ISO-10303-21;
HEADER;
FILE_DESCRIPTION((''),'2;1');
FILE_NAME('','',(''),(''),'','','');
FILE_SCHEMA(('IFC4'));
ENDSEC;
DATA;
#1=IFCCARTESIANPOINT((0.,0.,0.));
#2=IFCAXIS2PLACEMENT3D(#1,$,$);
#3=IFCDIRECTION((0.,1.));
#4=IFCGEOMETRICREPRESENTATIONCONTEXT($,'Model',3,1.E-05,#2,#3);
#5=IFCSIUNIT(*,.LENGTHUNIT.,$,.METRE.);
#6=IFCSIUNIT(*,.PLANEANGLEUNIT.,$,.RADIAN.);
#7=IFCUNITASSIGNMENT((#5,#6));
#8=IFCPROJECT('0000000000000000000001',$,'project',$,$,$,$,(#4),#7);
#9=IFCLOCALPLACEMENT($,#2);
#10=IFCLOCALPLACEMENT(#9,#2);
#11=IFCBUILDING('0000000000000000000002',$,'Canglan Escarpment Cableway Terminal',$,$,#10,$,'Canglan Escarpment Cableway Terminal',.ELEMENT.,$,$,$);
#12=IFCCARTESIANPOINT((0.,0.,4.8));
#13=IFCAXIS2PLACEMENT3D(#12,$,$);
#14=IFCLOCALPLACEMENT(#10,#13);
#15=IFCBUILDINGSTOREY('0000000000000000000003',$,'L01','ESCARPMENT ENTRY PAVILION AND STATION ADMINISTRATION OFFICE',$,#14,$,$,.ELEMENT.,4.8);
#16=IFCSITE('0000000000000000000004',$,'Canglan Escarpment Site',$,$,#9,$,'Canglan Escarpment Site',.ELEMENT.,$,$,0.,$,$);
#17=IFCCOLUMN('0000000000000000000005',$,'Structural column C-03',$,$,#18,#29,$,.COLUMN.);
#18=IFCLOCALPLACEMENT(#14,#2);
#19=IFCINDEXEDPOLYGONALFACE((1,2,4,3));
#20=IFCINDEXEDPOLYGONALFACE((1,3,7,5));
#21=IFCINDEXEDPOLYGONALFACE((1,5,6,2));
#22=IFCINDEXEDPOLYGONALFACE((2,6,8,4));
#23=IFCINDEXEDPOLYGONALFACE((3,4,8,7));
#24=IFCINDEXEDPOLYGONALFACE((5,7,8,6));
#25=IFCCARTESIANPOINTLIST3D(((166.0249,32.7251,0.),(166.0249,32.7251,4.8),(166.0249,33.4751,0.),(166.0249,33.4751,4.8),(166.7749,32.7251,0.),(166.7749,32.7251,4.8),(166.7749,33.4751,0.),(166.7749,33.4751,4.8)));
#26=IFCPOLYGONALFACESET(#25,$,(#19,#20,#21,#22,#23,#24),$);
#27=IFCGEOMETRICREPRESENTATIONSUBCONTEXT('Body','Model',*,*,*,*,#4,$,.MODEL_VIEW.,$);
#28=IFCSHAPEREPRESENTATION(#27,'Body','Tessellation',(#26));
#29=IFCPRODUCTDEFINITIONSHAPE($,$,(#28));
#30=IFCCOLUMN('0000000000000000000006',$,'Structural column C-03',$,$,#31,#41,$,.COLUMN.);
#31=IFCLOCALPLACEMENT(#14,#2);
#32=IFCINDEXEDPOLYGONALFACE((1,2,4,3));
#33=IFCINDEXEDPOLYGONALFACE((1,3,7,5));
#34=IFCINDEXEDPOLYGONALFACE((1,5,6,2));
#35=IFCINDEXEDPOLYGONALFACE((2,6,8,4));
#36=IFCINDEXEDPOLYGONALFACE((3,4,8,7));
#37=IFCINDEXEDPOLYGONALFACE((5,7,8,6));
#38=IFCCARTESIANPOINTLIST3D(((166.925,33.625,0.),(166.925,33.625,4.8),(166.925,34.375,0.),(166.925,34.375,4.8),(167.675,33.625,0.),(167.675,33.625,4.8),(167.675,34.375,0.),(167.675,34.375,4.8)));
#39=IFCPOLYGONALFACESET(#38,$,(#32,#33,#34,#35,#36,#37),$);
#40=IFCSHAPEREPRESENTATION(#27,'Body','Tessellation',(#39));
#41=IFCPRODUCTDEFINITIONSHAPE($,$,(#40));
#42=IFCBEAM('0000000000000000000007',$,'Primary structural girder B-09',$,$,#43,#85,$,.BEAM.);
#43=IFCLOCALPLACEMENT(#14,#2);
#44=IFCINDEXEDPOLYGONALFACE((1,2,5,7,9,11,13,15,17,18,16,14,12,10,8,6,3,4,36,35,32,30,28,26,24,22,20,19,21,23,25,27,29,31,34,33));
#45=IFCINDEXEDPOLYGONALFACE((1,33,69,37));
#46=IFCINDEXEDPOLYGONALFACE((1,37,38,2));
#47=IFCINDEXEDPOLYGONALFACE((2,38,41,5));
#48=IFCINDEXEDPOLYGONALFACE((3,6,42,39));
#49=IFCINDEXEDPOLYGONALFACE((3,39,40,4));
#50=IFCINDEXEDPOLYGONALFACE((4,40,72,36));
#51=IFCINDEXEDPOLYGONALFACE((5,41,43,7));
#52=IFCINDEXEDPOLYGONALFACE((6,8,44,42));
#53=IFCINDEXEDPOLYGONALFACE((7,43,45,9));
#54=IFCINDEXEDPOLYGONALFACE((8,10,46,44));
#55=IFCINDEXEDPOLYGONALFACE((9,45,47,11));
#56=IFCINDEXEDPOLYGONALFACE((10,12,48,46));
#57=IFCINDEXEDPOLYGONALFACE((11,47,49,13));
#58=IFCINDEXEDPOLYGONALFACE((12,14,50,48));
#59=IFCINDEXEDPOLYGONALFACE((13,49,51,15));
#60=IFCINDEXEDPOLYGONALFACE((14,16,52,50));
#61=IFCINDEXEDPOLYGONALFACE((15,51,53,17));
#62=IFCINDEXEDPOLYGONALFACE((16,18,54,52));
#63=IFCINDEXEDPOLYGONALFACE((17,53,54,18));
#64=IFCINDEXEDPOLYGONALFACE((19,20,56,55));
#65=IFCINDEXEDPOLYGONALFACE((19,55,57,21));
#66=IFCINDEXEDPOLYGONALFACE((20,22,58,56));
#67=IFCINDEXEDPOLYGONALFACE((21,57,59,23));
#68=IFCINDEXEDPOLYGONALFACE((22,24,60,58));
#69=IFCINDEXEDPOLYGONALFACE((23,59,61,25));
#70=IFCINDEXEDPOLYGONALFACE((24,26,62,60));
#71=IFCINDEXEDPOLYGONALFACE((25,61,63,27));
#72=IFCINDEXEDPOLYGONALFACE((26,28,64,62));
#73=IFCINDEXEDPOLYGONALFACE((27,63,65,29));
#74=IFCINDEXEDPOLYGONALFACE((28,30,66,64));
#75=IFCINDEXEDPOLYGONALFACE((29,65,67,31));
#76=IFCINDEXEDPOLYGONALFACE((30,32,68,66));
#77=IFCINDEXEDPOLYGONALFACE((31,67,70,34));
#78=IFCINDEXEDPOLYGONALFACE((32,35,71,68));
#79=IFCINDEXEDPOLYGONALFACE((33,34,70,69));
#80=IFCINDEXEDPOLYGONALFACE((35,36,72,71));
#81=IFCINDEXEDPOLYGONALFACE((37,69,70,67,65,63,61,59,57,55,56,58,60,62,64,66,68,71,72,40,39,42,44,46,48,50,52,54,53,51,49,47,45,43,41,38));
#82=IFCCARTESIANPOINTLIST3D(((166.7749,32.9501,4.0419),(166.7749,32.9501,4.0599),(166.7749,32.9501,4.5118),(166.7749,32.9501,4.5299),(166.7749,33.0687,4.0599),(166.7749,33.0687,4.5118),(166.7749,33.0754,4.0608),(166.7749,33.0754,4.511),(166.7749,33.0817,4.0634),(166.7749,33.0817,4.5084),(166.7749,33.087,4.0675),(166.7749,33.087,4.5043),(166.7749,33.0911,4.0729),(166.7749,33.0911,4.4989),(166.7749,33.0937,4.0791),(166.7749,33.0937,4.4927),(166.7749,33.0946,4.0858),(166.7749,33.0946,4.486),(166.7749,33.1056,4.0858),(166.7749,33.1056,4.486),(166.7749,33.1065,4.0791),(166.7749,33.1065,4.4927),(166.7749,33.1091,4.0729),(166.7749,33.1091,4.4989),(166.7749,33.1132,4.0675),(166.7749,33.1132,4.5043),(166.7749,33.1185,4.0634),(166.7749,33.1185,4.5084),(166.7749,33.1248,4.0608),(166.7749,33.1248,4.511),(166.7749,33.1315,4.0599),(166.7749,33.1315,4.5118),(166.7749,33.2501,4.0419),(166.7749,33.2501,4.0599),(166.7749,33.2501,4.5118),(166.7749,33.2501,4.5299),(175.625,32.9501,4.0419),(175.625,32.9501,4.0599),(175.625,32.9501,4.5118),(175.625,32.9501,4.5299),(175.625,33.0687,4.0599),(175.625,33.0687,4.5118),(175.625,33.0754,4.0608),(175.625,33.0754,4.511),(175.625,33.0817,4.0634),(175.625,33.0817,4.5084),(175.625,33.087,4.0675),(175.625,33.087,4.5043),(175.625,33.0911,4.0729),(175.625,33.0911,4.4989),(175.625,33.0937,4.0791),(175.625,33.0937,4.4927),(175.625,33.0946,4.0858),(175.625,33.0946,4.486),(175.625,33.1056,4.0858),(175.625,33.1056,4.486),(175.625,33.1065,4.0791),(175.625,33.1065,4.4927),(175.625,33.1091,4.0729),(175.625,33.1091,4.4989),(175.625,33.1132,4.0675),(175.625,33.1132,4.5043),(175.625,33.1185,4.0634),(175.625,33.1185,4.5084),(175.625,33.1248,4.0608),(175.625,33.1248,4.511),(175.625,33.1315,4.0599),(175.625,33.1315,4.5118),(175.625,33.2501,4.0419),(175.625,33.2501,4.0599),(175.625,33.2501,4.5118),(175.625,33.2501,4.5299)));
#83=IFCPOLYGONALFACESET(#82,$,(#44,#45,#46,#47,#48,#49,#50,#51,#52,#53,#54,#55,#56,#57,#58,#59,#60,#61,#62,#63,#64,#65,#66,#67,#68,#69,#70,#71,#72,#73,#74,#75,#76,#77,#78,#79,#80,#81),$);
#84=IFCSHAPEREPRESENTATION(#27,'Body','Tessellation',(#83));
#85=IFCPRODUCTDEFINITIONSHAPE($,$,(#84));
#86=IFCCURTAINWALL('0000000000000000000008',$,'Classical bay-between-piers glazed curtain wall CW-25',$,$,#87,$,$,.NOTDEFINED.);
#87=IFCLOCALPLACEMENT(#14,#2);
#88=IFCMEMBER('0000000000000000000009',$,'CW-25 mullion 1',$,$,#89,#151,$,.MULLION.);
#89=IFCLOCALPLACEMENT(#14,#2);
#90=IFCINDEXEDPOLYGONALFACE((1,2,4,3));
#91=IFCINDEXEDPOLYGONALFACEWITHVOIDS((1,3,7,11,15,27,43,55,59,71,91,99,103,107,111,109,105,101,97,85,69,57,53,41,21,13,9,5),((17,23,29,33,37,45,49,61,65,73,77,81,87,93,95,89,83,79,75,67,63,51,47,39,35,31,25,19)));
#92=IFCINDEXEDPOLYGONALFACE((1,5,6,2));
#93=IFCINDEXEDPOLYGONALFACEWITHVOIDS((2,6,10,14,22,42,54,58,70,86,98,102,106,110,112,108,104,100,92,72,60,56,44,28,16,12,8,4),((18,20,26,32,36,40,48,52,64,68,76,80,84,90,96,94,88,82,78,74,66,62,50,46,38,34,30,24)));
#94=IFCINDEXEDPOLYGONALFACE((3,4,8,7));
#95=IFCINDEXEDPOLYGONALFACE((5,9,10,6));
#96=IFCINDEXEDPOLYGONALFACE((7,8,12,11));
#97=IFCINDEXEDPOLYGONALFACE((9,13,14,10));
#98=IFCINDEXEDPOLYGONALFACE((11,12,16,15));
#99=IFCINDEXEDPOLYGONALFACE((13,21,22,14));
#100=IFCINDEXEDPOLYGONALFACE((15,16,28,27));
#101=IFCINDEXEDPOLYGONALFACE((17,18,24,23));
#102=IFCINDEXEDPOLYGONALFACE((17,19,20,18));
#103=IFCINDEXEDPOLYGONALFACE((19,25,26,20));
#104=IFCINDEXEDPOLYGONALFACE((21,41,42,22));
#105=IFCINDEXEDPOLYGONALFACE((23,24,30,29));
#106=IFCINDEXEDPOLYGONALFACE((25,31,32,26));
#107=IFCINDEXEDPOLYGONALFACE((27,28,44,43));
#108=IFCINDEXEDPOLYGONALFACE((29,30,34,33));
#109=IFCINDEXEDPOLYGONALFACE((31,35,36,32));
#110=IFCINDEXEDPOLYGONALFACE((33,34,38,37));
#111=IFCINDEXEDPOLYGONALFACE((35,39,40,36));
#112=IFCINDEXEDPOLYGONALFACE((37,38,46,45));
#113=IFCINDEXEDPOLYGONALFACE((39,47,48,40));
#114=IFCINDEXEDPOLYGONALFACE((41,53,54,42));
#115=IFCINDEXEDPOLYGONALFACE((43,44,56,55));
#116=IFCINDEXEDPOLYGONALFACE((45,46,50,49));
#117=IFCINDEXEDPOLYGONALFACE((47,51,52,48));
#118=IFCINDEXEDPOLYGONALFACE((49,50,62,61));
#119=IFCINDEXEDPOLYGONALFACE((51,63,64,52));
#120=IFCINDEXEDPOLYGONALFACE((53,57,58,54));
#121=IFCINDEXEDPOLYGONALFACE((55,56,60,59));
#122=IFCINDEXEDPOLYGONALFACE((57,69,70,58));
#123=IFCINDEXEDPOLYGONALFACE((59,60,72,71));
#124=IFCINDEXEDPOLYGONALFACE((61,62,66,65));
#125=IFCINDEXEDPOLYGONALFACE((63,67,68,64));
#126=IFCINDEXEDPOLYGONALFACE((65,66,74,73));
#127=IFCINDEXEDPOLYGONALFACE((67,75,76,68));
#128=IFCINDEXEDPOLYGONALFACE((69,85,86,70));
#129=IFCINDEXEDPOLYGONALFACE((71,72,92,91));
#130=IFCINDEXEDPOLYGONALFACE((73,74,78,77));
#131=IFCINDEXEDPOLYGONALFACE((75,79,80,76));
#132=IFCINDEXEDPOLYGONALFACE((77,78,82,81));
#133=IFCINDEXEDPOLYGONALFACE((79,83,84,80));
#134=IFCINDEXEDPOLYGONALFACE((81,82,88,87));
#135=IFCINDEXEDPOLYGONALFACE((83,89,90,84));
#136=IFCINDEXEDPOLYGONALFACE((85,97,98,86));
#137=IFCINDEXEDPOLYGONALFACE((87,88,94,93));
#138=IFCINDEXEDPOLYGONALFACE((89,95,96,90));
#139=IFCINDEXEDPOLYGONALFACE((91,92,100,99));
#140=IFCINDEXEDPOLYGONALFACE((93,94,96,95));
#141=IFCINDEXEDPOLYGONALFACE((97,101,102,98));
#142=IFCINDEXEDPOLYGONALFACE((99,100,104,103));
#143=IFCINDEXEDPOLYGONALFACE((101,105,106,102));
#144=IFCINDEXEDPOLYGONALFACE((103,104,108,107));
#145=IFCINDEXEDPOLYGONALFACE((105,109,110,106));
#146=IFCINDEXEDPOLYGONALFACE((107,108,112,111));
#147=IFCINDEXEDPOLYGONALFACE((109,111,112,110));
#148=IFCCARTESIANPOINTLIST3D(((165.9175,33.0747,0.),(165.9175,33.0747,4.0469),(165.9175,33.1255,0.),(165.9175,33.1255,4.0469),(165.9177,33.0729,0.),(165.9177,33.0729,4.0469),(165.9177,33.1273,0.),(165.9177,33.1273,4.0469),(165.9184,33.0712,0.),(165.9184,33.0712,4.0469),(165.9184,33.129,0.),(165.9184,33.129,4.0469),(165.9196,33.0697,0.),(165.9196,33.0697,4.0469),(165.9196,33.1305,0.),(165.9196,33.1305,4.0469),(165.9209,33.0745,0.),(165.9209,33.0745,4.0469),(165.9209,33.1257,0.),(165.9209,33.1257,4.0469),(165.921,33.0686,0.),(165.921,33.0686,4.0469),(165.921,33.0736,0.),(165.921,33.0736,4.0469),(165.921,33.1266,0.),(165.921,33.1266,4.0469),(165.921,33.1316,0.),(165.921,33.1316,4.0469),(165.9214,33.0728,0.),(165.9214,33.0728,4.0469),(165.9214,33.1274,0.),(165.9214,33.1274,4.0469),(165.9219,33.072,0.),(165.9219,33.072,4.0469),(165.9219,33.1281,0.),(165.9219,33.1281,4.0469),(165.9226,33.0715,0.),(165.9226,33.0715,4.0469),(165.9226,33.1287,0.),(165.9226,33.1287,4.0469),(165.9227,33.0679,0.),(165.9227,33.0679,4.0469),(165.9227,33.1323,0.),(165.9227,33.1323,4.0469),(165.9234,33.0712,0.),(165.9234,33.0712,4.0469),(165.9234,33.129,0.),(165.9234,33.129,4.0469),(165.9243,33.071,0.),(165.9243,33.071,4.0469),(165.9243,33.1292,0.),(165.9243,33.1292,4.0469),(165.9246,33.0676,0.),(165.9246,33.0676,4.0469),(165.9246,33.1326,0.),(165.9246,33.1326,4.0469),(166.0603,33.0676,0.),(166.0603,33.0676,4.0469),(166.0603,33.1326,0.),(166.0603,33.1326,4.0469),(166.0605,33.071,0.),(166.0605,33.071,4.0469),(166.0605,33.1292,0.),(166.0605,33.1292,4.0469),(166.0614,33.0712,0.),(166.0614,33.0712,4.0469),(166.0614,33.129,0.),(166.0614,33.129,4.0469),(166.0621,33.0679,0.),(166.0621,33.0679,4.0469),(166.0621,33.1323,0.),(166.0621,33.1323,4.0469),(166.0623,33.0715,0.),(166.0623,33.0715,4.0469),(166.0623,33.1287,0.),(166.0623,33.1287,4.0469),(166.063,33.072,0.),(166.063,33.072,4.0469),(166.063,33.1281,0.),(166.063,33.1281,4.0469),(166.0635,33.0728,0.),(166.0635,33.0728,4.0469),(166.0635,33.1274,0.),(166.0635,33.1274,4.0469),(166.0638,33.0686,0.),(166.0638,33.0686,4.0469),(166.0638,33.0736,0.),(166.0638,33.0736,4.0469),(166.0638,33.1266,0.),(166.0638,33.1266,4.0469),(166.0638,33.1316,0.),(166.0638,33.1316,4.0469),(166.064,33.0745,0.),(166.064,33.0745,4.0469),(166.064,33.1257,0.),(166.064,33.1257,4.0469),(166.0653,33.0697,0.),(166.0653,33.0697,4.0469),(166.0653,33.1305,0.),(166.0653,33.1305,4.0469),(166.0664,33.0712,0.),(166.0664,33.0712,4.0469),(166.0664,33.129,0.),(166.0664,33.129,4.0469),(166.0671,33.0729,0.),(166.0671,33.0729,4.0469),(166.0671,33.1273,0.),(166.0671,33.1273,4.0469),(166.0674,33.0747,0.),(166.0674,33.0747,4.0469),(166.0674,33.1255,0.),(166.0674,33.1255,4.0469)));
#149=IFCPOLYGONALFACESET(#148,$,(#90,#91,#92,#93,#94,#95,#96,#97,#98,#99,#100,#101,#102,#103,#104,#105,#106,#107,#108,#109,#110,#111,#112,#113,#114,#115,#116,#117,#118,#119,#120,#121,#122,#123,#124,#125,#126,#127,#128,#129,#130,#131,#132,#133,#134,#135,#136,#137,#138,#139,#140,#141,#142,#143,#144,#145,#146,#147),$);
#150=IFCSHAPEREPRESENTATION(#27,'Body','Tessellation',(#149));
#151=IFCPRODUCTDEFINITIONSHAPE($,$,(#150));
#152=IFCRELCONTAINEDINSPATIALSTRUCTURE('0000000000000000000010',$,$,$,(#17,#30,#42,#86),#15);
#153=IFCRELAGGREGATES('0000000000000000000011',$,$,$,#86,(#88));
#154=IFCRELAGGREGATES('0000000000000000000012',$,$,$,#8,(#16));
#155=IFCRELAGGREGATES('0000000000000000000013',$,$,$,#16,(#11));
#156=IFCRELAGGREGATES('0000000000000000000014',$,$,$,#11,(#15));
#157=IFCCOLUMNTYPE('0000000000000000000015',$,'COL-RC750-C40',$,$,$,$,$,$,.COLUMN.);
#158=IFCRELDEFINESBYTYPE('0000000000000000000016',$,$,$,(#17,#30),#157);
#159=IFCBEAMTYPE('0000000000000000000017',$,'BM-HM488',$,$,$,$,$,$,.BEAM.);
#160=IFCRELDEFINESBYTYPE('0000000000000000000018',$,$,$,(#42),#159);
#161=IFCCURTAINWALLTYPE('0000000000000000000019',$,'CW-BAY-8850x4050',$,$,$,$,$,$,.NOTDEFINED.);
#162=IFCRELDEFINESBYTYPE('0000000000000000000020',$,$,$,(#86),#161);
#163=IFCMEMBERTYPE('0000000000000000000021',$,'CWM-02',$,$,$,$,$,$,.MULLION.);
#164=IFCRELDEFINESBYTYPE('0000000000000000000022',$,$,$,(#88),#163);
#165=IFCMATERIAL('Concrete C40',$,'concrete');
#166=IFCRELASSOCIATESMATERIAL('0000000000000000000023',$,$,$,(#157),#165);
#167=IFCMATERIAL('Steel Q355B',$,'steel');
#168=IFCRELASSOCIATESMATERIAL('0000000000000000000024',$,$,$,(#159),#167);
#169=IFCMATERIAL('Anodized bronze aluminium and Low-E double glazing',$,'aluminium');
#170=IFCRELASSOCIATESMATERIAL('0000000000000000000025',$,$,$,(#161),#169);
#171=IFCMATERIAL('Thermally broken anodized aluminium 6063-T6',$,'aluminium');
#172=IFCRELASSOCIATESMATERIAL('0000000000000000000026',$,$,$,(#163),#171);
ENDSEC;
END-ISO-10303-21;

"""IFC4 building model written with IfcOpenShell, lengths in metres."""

from ifc_helpers import new_model, si_unit, direction, frame, origin, origin_2d, place, context, subcontext, project, spatial, rectangle, hollow_rectangle, i_section, extrude, material, material_profile, profile_set, type_object, element, aggregate, save


model = new_model("IFC4")

# Units and contexts
model_context = context("Model", 3, precision=1e-05, world=origin(), true_north=direction((0.0, 1.0)))
body_context = subcontext(model_context, "Body", "Model", "MODEL_VIEW")
ifc_project = project(units=[si_unit("LENGTHUNIT", "METRE"), si_unit("PLANEANGLEUNIT", "RADIAN")], contexts=[model_context])

# Site, building, storey
site_placement = place(None, origin())
site = spatial("IfcSite", under=ifc_project, at=site_placement, Name="Canglan Escarpment Site", LongName="Canglan Escarpment Site", CompositionType="ELEMENT", RefElevation=0.0)
building_placement = place(site_placement, origin())
building = spatial("IfcBuilding", under=site, at=building_placement, Name="Canglan Escarpment Cableway Terminal", LongName="Canglan Escarpment Cableway Terminal", CompositionType="ELEMENT")
storey_placement = place(building_placement, frame((0.0, 0.0, 4.8)))
storey = spatial("IfcBuildingStorey", under=building, at=storey_placement, Name="L01", Description="ESCARPMENT ENTRY PAVILION AND STATION ADMINISTRATION OFFICE", CompositionType="ELEMENT", Elevation=4.8)

# Columns
ifc_material_1 = material(Name="Concrete C40", Category="concrete")
ifc_material_profile_1 = material_profile(ifc_material_1, rectangle(XDim=0.75, YDim=0.75, at=origin_2d()), Name="RC 750x750")
ifc_profile_set_1 = profile_set([ifc_material_profile_1], Name="Concrete C40")
column_type = type_object("IfcColumnType", Name="COL-RC750-C40", PredefinedType="COLUMN", material=ifc_profile_set_1)
for number, where, z_axis, x_axis, name in (
    (1, (166.3999, 33.1001, 0.0), (0.0, 0.0, 1.0), (1.0, 0.0, 0.0), "Structural column C-03"),
    (2, (167.3, 34.0, 0.0), (0.0, 0.0, 1.0), (1.0, 0.0, 0.0), "Structural column C-03"),
):
    element("IfcColumn", number, at=place(storey_placement, frame(where, z_axis=z_axis, x_axis=x_axis)), inside=storey, type_object=column_type, Name=name, PredefinedType="COLUMN", context=body_context, shape_type="SweptSolid", body=[
        extrude(rectangle(XDim=0.75, YDim=0.75, at=origin_2d()), origin(), (0.0, 0.0, 1.0), 4.8),
    ])

# Beam
ifc_material_2 = material(Name="Steel Q355B", Category="steel")
ifc_material_profile_2 = material_profile(ifc_material_2, i_section(OverallWidth=0.3, OverallDepth=0.488, WebThickness=0.011, FlangeThickness=0.0181, FilletRadius=0.0259, at=origin_2d()), Name="HM 488x300x11x18")
ifc_profile_set_2 = profile_set([ifc_material_profile_2], Name="Steel Q355B")
beam_type_1 = type_object("IfcBeamType", Name="BM-HM488", PredefinedType="BEAM", material=ifc_profile_set_2)
beam_1_placement = place(storey_placement, frame((166.7749, 33.1001, 4.2859), z_axis=(1.0, 0.0, 0.0), x_axis=(0.0, 1.0, 0.0)))
element("IfcBeam", 3, at=beam_1_placement, inside=storey, type_object=beam_type_1, Name="Primary structural girder B-09", PredefinedType="BEAM", context=body_context, shape_type="SweptSolid", body=[
    extrude(i_section(OverallWidth=0.3, OverallDepth=0.488, WebThickness=0.011, FlangeThickness=0.0181, FilletRadius=0.0259, at=origin_2d()), origin(), (0.0, 0.0, 1.0), 8.8501),
])

# Curtain wall, member
ifc_material_3 = material(Name="Anodized bronze aluminium and Low-E double glazing", Category="aluminium")
curtain_wall_type = type_object("IfcCurtainWallType", Name="CW-BAY-8850x4050", PredefinedType="NOTDEFINED", material=ifc_material_3)
curtain_wall_placement = place(storey_placement, origin())
curtain_wall = element("IfcCurtainWall", 4, at=curtain_wall_placement, inside=storey, type_object=curtain_wall_type, Name="Classical bay-between-piers glazed curtain wall CW-25", PredefinedType="NOTDEFINED")
ifc_material_4 = material(Name="Thermally broken anodized aluminium 6063-T6", Category="aluminium")
ifc_material_profile_3 = material_profile(ifc_material_4, hollow_rectangle(XDim=0.0649, YDim=0.1499, WallThickness=0.0034, InnerFilletRadius=0.0034, OuterFilletRadius=0.0071, at=origin_2d()), Name="ALU-MULL 65x150x3.5")
ifc_profile_set_3 = profile_set([ifc_material_profile_3], Name="Thermally broken anodized aluminium 6063-T6")
member_type_1 = type_object("IfcMemberType", Name="CWM-02", PredefinedType="MULLION", material=ifc_profile_set_3)
member_1_placement = place(storey_placement, frame((165.9924, 33.1001, 0.0), z_axis=(0.0, 0.0, 1.0), x_axis=(0.0, -1.0, 0.0)))
member_1 = element("IfcMember", 5, at=member_1_placement, type_object=member_type_1, Name="CW-25 mullion 1", PredefinedType="MULLION", context=body_context, shape_type="SweptSolid", body=[
    extrude(hollow_rectangle(XDim=0.0649, YDim=0.1499, WallThickness=0.0034, InnerFilletRadius=0.0034, OuterFilletRadius=0.0071, at=origin_2d()), origin(), (0.0, 0.0, 1.0), 4.0469),
])

aggregate(curtain_wall, [member_1])

save(model, "model.ifc")
